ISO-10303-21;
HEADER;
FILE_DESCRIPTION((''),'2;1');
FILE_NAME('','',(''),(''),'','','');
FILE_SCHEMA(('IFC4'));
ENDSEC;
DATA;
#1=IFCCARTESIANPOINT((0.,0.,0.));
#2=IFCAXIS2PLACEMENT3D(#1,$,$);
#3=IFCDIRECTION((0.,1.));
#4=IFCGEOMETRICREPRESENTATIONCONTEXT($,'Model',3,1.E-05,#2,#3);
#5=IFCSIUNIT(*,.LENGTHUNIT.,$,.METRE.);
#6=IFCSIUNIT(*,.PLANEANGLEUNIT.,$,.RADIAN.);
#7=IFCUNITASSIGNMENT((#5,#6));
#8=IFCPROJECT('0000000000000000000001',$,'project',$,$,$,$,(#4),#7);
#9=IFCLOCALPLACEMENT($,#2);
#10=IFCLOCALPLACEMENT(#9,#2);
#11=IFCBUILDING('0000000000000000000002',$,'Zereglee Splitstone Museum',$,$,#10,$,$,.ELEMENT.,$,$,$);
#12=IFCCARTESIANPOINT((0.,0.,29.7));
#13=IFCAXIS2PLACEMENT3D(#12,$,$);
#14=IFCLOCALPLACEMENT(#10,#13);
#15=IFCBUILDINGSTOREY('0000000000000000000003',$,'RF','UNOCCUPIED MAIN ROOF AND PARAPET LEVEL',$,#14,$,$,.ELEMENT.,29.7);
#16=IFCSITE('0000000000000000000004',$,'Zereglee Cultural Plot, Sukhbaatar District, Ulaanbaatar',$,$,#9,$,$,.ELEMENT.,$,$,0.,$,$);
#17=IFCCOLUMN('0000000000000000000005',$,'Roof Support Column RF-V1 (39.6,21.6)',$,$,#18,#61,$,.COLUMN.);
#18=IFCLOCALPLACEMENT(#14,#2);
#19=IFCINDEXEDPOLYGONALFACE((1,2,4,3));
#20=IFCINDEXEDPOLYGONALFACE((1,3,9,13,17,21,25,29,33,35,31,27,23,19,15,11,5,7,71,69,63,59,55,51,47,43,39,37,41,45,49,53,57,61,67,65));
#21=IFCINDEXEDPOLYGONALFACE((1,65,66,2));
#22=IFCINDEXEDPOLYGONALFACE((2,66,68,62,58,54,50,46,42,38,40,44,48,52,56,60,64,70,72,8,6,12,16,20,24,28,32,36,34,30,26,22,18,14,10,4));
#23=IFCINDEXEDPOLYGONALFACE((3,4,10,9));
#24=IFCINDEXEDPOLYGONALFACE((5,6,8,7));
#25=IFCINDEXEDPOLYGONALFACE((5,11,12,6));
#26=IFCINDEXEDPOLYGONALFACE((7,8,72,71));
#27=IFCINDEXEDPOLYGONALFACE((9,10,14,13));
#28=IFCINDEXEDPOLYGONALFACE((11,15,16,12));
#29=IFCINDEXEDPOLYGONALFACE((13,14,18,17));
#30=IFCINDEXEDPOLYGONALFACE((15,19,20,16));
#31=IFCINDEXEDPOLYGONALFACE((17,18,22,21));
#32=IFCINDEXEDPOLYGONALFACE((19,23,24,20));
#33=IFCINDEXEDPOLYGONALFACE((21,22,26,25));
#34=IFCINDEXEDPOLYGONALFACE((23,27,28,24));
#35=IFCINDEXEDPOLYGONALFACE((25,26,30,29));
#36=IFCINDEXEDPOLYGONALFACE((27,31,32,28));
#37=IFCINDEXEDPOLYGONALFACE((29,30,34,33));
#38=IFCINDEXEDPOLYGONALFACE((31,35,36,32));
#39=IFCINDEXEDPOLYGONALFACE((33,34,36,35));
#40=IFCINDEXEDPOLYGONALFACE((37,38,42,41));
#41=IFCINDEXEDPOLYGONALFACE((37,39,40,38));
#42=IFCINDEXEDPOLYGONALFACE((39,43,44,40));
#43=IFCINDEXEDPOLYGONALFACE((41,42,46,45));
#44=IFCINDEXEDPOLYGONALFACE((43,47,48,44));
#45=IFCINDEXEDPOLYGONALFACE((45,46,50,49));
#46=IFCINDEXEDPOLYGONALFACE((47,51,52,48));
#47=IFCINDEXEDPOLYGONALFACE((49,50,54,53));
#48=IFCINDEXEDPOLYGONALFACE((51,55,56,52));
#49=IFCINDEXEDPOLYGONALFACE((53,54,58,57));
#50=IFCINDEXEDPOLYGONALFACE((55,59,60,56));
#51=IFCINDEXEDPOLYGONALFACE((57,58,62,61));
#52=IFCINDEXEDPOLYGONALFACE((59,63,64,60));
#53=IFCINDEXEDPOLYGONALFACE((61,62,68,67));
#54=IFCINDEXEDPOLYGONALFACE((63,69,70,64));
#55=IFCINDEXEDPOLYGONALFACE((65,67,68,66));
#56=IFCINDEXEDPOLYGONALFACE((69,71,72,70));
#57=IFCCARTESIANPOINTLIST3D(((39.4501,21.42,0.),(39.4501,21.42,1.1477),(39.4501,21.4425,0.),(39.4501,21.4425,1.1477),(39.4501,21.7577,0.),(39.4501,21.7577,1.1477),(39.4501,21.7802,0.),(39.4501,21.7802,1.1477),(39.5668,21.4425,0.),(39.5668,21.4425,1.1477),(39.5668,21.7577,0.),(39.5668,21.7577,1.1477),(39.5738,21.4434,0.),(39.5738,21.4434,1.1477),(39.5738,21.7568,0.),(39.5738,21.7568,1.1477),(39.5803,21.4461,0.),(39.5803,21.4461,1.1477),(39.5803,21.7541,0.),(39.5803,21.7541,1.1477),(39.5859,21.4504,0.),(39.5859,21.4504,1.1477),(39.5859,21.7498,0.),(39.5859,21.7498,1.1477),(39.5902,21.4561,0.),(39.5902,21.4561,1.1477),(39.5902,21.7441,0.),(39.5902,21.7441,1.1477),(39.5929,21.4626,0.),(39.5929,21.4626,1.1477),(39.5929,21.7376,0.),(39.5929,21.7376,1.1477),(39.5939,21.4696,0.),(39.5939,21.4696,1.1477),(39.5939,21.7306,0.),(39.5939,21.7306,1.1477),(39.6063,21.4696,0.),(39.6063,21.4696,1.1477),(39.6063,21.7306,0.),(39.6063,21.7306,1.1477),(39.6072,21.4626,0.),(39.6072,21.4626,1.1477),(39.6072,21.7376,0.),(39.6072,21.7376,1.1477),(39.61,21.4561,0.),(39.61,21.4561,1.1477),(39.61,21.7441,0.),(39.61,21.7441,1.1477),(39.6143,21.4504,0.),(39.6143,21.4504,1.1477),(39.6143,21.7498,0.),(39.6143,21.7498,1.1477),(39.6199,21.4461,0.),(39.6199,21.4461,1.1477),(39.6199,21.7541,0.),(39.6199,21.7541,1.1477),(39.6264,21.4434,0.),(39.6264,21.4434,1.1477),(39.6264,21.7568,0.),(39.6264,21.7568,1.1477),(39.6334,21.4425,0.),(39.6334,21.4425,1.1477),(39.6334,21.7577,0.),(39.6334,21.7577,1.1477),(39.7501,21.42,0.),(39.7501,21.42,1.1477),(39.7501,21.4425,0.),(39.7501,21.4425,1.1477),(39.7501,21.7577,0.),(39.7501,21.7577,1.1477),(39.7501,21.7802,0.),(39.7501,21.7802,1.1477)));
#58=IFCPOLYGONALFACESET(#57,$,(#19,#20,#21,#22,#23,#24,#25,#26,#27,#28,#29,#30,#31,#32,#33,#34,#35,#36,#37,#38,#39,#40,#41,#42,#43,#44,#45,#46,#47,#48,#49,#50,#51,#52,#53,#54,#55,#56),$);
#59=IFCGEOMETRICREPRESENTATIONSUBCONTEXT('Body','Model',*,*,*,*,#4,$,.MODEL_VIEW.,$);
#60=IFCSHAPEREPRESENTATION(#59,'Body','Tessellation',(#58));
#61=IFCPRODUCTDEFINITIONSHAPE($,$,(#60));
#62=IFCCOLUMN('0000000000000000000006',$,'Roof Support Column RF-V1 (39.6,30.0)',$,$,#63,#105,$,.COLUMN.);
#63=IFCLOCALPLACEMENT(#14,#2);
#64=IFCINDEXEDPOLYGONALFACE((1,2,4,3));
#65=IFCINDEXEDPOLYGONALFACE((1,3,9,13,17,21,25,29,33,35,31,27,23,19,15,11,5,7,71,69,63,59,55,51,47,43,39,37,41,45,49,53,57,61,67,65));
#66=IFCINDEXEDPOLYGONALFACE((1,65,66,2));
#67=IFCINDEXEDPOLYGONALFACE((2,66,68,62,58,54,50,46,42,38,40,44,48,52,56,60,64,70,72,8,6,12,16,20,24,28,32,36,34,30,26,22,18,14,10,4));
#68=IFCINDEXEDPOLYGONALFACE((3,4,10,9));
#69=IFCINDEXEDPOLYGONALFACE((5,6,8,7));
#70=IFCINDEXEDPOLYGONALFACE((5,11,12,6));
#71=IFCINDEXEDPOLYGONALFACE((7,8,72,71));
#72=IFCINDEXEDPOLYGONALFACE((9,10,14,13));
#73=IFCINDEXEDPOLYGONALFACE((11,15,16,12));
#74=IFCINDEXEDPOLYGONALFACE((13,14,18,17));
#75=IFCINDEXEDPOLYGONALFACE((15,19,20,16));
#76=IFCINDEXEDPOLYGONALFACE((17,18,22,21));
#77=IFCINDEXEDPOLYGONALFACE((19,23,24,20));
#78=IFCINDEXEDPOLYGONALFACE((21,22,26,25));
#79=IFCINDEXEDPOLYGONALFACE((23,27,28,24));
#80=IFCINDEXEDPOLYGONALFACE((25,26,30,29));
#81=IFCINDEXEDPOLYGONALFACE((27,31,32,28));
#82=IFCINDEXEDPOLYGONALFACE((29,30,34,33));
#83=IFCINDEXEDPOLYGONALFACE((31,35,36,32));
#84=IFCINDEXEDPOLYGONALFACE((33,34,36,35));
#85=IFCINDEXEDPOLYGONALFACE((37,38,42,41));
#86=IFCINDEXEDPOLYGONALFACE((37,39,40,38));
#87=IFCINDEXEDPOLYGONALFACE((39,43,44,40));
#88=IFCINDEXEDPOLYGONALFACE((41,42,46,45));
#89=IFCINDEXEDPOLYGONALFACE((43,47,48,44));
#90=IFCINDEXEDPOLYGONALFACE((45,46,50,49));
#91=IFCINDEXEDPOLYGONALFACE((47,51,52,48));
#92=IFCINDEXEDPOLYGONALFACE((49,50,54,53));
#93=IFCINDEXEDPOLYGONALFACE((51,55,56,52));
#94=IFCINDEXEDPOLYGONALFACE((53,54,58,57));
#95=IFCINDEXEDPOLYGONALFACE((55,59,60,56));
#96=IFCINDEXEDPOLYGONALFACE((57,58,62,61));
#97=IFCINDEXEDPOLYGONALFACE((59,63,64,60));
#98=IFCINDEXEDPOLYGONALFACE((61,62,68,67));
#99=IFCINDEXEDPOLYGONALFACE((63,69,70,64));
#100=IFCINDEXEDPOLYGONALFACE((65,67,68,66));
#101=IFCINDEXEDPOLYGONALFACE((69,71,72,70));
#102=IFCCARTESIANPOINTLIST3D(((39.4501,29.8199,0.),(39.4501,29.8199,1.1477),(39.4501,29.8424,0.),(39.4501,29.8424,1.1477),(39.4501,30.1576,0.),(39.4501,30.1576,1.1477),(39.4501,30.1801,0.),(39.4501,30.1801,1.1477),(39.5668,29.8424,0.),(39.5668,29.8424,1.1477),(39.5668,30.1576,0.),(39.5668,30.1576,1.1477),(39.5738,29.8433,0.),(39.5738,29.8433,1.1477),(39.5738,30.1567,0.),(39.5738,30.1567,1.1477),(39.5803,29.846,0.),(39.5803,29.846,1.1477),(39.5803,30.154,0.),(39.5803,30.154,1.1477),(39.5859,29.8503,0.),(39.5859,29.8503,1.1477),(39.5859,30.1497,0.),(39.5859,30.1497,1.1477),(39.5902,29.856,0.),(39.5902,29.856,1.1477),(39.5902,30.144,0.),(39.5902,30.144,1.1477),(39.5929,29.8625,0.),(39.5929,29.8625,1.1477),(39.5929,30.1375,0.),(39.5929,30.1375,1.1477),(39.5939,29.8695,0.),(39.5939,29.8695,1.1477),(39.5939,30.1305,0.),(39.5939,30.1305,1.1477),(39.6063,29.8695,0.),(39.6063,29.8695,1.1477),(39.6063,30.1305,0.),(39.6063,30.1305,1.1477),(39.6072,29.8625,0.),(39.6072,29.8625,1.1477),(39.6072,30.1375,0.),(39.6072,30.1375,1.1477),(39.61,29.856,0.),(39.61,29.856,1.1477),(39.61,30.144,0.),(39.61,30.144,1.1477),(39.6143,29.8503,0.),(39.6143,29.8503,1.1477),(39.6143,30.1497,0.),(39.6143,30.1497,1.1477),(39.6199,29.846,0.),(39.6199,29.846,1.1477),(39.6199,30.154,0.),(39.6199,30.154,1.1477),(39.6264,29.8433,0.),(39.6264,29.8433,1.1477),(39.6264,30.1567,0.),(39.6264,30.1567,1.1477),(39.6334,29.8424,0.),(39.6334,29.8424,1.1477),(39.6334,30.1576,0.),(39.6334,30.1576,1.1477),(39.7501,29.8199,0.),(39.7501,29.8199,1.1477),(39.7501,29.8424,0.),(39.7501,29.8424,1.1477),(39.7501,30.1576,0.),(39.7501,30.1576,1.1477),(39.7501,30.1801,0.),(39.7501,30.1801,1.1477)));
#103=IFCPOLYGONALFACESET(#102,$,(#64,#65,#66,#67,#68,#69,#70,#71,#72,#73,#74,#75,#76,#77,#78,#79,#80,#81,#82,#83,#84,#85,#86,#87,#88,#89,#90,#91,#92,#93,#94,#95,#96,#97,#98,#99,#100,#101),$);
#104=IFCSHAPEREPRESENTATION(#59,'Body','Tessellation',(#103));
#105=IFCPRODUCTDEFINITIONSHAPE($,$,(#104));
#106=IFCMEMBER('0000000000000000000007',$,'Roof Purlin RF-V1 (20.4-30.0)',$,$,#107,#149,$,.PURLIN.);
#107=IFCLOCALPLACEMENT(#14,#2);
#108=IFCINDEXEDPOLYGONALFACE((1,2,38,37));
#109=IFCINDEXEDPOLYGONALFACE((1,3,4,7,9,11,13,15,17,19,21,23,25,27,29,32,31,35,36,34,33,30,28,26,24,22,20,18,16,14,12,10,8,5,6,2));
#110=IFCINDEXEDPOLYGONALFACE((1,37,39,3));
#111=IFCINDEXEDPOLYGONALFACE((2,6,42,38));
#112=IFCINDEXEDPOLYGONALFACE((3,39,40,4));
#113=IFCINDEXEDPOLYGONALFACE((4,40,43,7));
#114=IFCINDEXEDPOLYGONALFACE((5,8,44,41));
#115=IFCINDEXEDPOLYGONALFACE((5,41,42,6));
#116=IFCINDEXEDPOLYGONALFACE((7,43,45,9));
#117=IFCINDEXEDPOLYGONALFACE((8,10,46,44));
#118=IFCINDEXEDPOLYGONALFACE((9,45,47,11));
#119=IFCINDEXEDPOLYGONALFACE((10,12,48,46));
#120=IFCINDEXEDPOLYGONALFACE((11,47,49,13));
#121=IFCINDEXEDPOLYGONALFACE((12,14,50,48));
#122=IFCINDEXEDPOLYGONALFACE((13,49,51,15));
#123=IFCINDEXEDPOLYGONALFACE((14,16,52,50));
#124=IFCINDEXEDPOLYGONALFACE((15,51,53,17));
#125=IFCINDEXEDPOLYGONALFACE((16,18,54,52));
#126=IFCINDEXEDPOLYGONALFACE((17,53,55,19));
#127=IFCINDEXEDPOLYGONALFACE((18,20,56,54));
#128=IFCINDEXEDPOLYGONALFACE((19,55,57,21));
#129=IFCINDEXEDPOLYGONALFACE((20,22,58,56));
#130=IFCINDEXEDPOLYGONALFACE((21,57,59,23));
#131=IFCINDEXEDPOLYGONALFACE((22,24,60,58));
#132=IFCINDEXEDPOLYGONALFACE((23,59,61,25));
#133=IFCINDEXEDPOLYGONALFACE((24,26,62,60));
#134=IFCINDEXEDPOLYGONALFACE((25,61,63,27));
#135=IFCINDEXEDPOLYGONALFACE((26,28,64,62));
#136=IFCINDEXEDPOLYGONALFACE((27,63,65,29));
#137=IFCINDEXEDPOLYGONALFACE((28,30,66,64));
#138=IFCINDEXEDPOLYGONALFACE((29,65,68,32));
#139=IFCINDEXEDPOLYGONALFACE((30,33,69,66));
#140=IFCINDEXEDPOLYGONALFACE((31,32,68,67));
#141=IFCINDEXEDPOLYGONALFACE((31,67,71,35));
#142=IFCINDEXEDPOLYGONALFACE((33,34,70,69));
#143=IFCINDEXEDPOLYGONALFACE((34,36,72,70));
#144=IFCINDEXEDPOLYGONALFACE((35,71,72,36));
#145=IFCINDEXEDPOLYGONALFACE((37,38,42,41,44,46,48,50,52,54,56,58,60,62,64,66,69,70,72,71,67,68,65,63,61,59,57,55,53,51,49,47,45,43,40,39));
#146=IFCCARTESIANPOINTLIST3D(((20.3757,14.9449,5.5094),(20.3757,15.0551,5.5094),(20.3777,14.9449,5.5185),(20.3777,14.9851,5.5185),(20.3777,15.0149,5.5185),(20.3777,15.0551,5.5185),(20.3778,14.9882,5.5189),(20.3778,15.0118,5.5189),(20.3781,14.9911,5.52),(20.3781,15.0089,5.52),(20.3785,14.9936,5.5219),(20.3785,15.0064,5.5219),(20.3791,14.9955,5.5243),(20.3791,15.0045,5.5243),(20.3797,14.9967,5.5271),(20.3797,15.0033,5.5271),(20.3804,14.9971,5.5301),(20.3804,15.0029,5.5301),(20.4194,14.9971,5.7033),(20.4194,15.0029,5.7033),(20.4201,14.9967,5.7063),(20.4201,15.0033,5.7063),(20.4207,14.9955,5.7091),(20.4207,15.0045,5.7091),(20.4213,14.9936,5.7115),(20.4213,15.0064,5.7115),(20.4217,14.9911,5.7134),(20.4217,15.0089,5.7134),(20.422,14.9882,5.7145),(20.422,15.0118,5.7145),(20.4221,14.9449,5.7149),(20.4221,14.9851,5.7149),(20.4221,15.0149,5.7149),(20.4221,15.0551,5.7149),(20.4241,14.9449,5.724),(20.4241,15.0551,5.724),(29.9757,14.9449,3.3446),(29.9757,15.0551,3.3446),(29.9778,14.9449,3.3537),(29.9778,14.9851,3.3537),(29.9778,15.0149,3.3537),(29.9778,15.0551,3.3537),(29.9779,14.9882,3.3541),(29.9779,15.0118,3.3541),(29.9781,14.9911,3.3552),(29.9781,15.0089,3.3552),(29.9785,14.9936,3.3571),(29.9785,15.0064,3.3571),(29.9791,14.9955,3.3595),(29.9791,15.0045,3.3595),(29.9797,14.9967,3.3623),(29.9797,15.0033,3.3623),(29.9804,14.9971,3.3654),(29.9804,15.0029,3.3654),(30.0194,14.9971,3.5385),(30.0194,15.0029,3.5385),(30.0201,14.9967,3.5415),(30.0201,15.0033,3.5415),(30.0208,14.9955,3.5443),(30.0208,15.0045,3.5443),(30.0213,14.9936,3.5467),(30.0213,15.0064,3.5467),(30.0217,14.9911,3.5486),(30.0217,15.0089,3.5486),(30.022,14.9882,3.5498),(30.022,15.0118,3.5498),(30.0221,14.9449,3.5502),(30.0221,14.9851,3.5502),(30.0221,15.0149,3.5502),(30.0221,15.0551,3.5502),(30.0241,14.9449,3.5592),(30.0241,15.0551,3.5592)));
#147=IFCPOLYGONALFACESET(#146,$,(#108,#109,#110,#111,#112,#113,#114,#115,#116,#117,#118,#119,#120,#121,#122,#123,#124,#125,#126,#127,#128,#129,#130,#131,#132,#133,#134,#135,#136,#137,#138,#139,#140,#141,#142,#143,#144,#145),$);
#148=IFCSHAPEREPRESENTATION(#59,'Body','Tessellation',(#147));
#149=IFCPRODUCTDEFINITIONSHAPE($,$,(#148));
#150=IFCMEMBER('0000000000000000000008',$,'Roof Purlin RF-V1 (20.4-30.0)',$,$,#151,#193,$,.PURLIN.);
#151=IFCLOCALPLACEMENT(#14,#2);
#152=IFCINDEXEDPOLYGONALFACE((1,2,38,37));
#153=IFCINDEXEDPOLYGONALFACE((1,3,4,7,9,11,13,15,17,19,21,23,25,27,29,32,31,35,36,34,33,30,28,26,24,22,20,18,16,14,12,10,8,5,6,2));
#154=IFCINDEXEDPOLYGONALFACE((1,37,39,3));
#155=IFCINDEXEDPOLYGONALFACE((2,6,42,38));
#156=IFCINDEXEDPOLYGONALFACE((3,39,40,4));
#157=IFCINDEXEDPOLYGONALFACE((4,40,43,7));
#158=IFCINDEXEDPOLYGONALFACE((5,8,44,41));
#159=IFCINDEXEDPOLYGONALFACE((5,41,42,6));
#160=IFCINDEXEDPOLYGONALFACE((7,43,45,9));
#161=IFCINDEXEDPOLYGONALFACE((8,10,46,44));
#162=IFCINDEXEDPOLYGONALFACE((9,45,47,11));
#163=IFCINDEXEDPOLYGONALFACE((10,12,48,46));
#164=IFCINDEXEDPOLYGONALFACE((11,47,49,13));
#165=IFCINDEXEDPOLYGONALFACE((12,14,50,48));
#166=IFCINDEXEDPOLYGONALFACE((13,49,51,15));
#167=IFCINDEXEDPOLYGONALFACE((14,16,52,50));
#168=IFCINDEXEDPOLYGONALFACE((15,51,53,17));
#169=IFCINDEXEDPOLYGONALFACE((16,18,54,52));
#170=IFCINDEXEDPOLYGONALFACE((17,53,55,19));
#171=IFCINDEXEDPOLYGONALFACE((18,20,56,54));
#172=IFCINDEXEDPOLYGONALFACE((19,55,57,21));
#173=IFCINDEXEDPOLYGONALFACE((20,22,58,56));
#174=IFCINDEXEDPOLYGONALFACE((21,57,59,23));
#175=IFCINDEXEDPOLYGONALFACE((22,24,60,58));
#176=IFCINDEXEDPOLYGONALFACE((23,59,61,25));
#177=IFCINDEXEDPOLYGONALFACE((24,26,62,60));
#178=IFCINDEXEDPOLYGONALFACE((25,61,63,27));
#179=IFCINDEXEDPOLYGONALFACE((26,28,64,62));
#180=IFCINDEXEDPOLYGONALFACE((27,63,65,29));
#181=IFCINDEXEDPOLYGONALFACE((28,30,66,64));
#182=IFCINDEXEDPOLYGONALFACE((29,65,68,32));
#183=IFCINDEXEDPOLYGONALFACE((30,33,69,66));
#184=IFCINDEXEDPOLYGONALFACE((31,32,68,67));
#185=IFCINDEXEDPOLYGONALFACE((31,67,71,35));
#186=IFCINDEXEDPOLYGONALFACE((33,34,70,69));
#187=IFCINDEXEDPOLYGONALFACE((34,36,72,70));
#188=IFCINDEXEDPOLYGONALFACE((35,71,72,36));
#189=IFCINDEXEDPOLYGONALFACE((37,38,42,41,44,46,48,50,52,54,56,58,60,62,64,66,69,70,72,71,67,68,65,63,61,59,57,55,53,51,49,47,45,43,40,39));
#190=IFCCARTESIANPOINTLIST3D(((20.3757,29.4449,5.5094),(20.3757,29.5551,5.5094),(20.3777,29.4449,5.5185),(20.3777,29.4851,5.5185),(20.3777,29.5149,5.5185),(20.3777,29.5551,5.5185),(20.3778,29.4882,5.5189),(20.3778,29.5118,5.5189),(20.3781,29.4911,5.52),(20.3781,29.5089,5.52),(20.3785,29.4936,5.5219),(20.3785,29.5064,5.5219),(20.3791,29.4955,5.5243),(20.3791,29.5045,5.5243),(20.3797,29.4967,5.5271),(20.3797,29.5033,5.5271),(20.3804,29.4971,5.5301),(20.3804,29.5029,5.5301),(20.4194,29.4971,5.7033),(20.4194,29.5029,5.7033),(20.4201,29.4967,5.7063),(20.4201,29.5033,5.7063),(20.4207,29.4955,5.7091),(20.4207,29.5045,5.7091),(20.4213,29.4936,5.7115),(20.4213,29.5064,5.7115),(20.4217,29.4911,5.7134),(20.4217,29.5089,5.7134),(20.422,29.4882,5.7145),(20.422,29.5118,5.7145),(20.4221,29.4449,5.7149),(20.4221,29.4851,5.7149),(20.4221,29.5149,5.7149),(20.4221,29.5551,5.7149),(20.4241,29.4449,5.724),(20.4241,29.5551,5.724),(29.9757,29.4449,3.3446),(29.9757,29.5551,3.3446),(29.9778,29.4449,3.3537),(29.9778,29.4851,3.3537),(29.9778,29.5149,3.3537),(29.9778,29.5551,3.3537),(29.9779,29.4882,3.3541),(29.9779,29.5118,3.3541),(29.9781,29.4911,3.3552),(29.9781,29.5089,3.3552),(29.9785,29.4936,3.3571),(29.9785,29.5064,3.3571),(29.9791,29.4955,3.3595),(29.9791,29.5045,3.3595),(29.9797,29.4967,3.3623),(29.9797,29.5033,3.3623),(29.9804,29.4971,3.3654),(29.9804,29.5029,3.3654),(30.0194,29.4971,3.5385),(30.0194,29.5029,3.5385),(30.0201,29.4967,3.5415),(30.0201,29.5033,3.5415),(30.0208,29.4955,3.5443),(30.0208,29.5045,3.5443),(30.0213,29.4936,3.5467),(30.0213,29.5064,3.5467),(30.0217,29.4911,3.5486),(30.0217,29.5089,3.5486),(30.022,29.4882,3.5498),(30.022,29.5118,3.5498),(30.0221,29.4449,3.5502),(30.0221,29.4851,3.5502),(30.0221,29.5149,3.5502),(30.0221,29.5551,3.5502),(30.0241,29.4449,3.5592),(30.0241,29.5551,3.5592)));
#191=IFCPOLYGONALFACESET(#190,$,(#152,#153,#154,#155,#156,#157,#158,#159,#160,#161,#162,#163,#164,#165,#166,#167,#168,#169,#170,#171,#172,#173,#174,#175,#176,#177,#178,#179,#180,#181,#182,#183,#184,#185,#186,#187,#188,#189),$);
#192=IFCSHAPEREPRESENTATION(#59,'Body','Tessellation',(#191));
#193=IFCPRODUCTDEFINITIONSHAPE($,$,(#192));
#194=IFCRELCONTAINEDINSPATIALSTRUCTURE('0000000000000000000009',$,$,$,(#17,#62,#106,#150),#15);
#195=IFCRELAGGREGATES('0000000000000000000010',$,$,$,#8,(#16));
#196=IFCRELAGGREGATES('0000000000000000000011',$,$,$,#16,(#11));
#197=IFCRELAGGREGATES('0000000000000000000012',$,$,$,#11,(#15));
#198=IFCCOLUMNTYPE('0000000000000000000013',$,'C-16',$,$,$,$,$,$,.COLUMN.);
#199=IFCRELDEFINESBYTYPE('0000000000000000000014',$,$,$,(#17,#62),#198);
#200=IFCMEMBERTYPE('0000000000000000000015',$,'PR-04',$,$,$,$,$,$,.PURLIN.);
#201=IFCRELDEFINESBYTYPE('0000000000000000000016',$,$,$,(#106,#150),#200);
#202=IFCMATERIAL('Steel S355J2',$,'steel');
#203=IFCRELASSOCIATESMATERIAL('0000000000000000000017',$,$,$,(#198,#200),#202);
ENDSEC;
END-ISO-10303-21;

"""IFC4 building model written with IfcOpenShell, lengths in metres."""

from ifc_helpers import new_model, si_unit, direction, frame, origin, origin_2d, place, context, subcontext, project, spatial, i_section, extrude, material, material_profile, profile_set, type_object, element, save


model = new_model("IFC4")

# Units and contexts
model_context = context("Model", 3, precision=1e-05, world=origin(), true_north=direction((0.0, 1.0)))
body_context = subcontext(model_context, "Body", "Model", "MODEL_VIEW")
ifc_project = project(units=[si_unit("LENGTHUNIT", "METRE"), si_unit("PLANEANGLEUNIT", "RADIAN")], contexts=[model_context])

# Site, building, storey
site_placement = place(None, origin())
site = spatial("IfcSite", under=ifc_project, at=site_placement, Name="Zereglee Cultural Plot, Sukhbaatar District, Ulaanbaatar", CompositionType="ELEMENT", RefElevation=0.0)
building_placement = place(site_placement, origin())
building = spatial("IfcBuilding", under=site, at=building_placement, Name="Zereglee Splitstone Museum", CompositionType="ELEMENT")
storey_placement = place(building_placement, frame((0.0, 0.0, 29.7)))
storey = spatial("IfcBuildingStorey", under=building, at=storey_placement, Name="RF", Description="UNOCCUPIED MAIN ROOF AND PARAPET LEVEL", CompositionType="ELEMENT", Elevation=29.7)

# Columns
ifc_material_1 = material(Name="Steel S355J2", Category="steel")
ifc_material_profile_1 = material_profile(ifc_material_1, i_section(OverallWidth=0.3, OverallDepth=0.3601, WebThickness=0.0125, FlangeThickness=0.0225, FilletRadius=0.0271, at=origin_2d()), Name="HE 360 B")
ifc_profile_set_1 = profile_set([ifc_material_profile_1], Name="Steel S355J2")
column_type = type_object("IfcColumnType", Name="C-16", PredefinedType="COLUMN", material=ifc_profile_set_1)
for number, where, z_axis, x_axis, name in (
    (1, (39.6001, 21.6001, 0.0), (0.0, 0.0, 1.0), (1.0, 0.0, 0.0), "Roof Support Column RF-V1 (39.6,21.6)"),
    (2, (39.6001, 30.0, 0.0), (0.0, 0.0, 1.0), (1.0, 0.0, 0.0), "Roof Support Column RF-V1 (39.6,30.0)"),
):
    element("IfcColumn", number, at=place(storey_placement, frame(where, z_axis=z_axis, x_axis=x_axis)), inside=storey, type_object=column_type, Name=name, PredefinedType="COLUMN", context=body_context, shape_type="SweptSolid", body=[
        extrude(i_section(OverallWidth=0.3, OverallDepth=0.3601, WebThickness=0.0125, FlangeThickness=0.0225, FilletRadius=0.0271, at=origin_2d()), origin(), (0.0, 0.0, 1.0), 1.1477),
    ])

# Members
ifc_material_profile_2 = material_profile(ifc_material_1, i_section(OverallWidth=0.1101, OverallDepth=0.22, WebThickness=0.0059, FlangeThickness=0.0093, FilletRadius=0.012, at=origin_2d()), Name="IPE 220")
ifc_profile_set_2 = profile_set([ifc_material_profile_2], Name="Steel S355J2")
member_type_1 = type_object("IfcMemberType", Name="PR-04", PredefinedType="PURLIN", material=ifc_profile_set_2)
for number, where, z_axis, x_axis, name in (
    (3, (20.3999, 15.0, 5.6167), (0.975506, 0.0, -0.219974), (0.0, 1.0, 0.0), "Roof Purlin RF-V1 (20.4-30.0)"),
    (4, (20.3999, 29.5, 5.6167), (0.975506, 0.0, -0.219974), (0.0, 1.0, 0.0), "Roof Purlin RF-V1 (20.4-30.0)"),
):
    element("IfcMember", number, at=place(storey_placement, frame(where, z_axis=z_axis, x_axis=x_axis)), inside=storey, type_object=member_type_1, Name=name, PredefinedType="PURLIN", context=body_context, shape_type="SweptSolid", body=[
        extrude(i_section(OverallWidth=0.1101, OverallDepth=0.22, WebThickness=0.0059, FlangeThickness=0.0093, FilletRadius=0.012, at=origin_2d()), origin(), (0.0, 0.0, 1.0), 9.8411),
    ])

save(model, "model.ifc")
